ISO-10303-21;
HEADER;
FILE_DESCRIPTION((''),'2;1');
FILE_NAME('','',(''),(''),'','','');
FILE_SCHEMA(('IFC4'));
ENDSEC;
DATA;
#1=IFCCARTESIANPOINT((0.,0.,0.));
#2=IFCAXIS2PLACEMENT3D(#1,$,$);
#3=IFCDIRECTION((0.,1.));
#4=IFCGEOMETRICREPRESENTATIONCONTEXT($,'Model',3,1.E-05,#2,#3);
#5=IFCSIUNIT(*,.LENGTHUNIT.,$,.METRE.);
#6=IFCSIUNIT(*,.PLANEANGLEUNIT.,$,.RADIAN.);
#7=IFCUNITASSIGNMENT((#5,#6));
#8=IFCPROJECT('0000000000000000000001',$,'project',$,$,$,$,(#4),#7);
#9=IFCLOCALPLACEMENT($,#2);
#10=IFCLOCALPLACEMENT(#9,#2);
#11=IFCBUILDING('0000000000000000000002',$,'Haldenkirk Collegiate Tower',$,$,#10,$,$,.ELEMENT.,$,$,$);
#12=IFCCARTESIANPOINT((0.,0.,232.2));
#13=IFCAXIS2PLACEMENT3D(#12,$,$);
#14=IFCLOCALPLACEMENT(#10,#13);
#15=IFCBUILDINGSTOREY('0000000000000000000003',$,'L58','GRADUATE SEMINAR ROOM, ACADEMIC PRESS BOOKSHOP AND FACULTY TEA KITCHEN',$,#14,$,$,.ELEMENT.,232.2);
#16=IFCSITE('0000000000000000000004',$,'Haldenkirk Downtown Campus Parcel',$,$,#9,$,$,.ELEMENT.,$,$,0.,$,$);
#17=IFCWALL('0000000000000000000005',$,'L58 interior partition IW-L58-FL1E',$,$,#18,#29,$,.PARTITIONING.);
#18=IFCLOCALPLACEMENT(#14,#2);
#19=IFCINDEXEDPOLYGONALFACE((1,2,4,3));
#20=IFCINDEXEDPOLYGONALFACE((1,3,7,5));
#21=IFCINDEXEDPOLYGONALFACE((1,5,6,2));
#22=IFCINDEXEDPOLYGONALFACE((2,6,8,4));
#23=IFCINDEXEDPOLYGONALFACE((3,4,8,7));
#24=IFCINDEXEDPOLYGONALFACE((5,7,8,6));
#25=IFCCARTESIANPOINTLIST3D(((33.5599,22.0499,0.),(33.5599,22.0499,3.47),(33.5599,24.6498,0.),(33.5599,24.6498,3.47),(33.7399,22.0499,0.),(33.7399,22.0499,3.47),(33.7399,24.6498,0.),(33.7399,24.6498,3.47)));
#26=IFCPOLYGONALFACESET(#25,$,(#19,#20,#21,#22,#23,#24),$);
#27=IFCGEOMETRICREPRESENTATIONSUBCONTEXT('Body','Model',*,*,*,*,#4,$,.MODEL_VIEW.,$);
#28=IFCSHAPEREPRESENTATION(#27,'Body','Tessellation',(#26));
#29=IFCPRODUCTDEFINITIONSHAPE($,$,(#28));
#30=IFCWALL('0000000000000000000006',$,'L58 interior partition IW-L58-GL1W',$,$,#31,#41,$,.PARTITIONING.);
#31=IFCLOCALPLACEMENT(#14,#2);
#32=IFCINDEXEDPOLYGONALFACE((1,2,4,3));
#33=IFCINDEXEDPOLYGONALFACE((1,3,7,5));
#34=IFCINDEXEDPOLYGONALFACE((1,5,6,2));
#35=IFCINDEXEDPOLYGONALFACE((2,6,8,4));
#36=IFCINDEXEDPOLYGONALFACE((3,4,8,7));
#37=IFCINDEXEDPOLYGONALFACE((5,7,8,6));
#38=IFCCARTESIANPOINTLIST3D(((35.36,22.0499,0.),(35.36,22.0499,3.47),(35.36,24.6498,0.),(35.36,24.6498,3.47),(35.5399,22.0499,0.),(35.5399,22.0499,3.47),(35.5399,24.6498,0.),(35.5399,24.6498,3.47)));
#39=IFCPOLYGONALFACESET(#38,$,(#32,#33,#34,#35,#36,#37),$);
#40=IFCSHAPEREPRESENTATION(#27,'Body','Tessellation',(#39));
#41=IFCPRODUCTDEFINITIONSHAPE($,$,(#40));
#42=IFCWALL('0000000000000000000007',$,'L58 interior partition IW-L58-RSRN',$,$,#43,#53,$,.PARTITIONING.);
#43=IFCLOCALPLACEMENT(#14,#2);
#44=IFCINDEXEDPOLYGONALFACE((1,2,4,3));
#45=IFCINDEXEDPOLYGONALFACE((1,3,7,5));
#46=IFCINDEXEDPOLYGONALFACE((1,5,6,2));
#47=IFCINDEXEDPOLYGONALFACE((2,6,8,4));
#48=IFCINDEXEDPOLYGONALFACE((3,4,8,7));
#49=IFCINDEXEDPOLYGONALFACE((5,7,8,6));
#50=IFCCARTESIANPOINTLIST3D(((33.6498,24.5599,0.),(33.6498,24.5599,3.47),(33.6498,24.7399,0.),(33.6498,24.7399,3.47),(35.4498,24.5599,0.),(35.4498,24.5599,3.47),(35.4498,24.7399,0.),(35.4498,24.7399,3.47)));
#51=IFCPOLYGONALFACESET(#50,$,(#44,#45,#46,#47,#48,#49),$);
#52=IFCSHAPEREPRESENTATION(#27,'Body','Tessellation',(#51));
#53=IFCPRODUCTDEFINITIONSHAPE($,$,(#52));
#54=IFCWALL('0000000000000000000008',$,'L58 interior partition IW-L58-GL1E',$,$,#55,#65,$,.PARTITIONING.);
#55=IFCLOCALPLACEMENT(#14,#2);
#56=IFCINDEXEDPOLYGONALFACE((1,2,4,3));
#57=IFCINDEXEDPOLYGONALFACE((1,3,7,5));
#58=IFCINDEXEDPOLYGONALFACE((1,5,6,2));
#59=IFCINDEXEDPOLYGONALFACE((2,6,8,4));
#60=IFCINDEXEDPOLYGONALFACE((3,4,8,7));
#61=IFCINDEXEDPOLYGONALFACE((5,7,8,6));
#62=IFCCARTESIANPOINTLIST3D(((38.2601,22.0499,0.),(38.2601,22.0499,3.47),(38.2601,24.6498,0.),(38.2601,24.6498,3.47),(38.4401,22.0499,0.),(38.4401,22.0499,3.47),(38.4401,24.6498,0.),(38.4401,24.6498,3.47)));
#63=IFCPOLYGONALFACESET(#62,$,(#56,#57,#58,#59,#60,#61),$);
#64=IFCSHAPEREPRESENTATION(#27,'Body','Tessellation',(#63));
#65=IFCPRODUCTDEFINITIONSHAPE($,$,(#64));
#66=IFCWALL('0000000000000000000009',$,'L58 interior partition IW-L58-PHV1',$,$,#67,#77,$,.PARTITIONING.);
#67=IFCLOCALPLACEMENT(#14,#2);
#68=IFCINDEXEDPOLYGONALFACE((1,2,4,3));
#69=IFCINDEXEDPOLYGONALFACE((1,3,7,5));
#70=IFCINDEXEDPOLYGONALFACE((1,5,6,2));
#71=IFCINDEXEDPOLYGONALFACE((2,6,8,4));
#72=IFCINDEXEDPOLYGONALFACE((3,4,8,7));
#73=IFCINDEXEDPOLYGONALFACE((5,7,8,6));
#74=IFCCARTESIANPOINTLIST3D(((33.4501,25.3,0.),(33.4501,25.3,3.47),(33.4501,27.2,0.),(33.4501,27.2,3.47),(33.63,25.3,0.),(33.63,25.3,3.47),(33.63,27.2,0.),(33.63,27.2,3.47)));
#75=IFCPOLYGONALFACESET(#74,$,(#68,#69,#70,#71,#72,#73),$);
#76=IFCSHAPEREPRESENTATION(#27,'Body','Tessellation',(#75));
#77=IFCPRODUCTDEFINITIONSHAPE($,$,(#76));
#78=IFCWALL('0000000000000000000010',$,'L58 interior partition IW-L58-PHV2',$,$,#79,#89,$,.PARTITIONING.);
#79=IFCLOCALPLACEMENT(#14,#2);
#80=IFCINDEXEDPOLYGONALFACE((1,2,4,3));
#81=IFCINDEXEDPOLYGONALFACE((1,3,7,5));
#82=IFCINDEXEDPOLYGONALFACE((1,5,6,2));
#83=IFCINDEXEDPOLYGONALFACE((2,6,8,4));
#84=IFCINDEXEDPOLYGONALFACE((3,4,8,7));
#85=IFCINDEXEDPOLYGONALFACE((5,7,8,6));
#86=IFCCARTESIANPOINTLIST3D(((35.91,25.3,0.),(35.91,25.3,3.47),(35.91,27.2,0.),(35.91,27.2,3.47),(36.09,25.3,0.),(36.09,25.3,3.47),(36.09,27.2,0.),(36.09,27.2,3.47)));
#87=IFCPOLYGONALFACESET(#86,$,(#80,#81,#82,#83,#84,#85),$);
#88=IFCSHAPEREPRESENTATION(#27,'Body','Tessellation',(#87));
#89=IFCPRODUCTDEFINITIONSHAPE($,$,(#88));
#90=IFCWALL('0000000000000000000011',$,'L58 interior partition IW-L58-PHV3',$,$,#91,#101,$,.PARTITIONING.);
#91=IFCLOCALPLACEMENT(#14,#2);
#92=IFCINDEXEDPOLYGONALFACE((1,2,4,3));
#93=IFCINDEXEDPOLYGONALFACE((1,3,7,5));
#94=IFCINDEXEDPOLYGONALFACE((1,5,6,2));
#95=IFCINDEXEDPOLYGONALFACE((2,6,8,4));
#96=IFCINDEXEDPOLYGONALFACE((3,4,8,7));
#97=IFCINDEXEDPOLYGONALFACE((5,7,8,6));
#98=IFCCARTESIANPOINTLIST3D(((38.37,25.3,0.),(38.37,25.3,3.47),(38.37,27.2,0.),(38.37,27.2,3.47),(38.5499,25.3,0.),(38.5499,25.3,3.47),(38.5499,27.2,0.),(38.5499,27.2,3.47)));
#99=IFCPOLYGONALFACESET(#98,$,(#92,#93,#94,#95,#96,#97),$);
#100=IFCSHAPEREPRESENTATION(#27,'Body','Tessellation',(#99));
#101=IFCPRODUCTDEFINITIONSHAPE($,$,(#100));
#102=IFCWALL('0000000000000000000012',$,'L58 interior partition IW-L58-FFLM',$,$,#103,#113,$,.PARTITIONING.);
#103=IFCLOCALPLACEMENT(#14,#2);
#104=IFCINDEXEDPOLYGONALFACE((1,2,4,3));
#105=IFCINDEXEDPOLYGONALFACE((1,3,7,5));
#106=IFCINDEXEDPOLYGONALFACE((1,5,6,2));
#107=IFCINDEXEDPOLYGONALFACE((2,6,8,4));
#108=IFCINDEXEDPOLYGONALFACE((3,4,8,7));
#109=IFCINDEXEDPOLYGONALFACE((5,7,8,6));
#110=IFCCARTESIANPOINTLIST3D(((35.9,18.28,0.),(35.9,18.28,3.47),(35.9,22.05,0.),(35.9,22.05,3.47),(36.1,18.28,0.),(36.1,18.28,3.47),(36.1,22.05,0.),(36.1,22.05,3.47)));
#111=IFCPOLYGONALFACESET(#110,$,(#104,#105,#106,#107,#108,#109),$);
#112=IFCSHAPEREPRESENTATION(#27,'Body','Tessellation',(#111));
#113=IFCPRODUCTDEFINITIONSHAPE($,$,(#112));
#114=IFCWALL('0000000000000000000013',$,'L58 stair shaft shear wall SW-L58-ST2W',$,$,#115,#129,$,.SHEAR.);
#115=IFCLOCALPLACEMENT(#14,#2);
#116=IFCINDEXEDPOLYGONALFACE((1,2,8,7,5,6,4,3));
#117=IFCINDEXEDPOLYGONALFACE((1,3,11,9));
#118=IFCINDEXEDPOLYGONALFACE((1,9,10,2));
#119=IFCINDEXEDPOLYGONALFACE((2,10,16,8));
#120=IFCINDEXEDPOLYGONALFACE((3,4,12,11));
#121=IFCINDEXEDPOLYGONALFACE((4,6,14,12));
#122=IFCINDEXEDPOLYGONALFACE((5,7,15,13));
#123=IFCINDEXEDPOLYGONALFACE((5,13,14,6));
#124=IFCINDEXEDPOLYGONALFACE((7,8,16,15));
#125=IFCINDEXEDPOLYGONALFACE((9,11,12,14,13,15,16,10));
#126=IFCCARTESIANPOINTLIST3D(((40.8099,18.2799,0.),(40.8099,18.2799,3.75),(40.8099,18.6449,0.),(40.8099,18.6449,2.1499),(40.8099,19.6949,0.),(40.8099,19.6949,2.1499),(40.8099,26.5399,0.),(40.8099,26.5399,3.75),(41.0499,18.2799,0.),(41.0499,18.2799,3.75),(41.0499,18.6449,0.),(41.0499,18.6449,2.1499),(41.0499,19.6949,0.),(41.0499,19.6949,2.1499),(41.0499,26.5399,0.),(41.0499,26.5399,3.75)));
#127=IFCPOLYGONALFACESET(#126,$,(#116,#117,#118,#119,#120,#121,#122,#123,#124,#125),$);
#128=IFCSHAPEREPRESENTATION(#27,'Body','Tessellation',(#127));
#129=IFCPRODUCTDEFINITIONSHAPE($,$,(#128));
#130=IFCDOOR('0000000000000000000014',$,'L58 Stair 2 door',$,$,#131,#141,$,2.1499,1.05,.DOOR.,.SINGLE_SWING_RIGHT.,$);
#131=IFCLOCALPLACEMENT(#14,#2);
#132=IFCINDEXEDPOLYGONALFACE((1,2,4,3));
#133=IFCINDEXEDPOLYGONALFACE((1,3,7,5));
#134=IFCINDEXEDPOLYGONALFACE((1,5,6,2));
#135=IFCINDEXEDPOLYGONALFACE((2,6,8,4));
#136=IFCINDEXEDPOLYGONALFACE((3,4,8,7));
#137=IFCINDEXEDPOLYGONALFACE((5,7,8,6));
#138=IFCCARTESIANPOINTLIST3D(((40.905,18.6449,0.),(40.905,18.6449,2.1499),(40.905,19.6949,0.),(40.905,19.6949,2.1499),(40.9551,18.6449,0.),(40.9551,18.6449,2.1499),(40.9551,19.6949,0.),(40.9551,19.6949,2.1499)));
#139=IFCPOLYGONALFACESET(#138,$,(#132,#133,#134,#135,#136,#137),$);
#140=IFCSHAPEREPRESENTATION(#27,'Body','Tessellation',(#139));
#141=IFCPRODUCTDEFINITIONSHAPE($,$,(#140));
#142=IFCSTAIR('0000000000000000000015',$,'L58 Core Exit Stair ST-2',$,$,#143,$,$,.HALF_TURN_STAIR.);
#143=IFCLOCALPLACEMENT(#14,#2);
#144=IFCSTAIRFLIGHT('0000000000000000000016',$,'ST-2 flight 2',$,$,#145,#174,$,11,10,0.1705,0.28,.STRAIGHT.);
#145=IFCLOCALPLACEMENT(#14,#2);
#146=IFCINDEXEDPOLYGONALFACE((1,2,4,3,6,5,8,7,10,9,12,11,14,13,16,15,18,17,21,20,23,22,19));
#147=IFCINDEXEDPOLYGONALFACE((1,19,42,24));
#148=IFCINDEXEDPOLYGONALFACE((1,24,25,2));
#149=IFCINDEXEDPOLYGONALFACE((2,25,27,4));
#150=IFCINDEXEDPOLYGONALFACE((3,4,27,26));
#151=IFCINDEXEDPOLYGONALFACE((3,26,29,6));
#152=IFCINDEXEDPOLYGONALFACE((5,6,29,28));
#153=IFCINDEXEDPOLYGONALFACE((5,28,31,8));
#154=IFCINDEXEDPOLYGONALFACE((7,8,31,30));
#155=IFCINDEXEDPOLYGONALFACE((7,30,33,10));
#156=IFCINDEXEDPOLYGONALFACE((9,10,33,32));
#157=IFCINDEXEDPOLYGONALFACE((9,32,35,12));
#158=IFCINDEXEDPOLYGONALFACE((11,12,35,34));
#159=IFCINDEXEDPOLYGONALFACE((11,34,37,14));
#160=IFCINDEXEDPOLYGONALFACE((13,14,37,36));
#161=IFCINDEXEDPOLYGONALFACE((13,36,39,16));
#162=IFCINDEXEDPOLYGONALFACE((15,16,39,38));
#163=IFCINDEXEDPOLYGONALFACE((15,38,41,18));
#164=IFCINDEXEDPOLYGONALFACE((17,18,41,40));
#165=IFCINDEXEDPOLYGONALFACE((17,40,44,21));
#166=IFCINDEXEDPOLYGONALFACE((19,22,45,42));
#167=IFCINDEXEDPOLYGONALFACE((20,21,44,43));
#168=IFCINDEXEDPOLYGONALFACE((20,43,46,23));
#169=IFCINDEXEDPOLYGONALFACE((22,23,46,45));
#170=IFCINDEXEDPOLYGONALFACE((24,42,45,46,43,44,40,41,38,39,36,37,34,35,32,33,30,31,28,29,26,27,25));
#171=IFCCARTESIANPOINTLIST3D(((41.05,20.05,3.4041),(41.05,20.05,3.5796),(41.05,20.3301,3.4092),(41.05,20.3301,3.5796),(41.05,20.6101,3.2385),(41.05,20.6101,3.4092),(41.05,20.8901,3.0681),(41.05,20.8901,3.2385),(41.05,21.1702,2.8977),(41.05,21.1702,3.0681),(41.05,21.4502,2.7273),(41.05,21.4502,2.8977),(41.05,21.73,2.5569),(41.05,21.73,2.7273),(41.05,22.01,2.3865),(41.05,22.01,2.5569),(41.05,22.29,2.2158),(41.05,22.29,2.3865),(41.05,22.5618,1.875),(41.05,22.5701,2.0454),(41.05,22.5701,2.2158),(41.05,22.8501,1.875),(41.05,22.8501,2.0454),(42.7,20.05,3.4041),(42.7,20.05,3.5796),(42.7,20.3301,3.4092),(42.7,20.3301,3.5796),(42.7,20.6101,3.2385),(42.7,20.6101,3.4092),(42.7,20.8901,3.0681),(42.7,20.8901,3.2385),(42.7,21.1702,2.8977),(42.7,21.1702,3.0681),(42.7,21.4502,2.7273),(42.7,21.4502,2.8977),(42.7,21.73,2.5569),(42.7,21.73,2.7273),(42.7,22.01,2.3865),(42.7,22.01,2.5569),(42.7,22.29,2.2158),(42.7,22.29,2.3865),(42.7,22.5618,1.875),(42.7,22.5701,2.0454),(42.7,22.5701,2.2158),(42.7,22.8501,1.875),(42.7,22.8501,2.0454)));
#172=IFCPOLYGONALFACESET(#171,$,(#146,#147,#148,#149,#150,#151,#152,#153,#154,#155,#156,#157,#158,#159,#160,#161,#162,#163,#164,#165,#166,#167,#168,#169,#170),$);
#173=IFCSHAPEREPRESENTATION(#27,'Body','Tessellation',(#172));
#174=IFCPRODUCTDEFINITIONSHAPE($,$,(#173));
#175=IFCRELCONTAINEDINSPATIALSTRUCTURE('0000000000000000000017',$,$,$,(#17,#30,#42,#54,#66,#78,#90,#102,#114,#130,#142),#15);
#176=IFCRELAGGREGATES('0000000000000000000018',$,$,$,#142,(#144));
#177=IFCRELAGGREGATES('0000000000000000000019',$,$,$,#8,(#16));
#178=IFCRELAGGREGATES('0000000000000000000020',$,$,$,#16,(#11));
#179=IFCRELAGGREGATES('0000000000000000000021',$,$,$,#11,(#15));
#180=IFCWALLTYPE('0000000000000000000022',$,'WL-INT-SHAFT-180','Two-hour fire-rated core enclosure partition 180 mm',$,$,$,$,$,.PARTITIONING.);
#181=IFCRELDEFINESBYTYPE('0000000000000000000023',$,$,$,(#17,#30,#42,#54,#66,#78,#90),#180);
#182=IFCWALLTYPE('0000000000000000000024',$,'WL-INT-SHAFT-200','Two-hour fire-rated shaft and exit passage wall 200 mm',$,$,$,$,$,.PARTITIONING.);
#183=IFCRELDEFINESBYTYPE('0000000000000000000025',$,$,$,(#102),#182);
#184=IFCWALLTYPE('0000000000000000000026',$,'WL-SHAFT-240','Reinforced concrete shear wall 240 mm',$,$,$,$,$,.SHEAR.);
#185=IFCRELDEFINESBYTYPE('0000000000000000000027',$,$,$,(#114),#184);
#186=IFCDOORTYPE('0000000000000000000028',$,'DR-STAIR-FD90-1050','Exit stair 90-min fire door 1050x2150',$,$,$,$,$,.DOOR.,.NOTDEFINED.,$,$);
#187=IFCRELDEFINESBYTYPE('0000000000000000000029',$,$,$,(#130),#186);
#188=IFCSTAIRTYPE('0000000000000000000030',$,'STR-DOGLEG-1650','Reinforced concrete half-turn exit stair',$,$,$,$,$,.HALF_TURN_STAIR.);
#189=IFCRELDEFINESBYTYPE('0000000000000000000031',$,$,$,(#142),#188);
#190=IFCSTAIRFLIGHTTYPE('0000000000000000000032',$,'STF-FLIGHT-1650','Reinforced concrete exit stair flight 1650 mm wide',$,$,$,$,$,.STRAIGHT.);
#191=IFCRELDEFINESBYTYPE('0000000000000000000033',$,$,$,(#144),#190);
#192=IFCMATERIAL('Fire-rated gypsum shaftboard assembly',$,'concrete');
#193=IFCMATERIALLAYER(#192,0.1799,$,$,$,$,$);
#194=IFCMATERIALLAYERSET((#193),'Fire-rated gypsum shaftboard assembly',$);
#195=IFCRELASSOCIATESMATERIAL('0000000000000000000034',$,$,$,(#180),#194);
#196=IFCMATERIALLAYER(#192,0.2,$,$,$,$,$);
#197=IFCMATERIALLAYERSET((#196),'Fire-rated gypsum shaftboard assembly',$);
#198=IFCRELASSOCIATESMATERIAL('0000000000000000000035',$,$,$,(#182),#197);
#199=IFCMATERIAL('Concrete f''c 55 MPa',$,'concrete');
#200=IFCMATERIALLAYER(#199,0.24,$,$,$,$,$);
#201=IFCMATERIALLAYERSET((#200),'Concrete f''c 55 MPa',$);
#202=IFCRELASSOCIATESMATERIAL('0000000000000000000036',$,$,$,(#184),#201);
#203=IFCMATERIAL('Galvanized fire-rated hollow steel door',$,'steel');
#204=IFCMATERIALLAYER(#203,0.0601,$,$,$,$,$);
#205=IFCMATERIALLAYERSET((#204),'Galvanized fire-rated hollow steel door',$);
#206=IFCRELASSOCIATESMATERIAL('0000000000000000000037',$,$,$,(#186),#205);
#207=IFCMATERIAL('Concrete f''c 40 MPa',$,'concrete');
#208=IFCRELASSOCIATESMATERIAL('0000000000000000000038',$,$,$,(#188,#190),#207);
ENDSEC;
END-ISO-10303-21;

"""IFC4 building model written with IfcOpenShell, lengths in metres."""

from ifc_helpers import new_model, si_unit, direction, frame, frame_2d, origin, place, context, subcontext, project, spatial, polyline, rectangle, outline, extrude, material, layer, layer_set, type_object, element, fill, aggregate, save


model = new_model("IFC4")

# Units and contexts
model_context = context("Model", 3, precision=1e-05, world=origin(), true_north=direction((0.0, 1.0)))
body_context = subcontext(model_context, "Body", "Model", "MODEL_VIEW")
ifc_project = project(units=[si_unit("LENGTHUNIT", "METRE"), si_unit("PLANEANGLEUNIT", "RADIAN")], contexts=[model_context])

# Site, building, storey
site_placement = place(None, origin())
site = spatial("IfcSite", under=ifc_project, at=site_placement, Name="Haldenkirk Downtown Campus Parcel", CompositionType="ELEMENT", RefElevation=0.0)
building_placement = place(site_placement, origin())
building = spatial("IfcBuilding", under=site, at=building_placement, Name="Haldenkirk Collegiate Tower", CompositionType="ELEMENT")
storey_placement = place(building_placement, frame((0.0, 0.0, 232.2)))
storey = spatial("IfcBuildingStorey", under=building, at=storey_placement, Name="L58", Description="GRADUATE SEMINAR ROOM, ACADEMIC PRESS BOOKSHOP AND FACULTY TEA KITCHEN", CompositionType="ELEMENT", Elevation=232.2)

# Walls
ifc_material_1 = material(Name="Fire-rated gypsum shaftboard assembly", Category="concrete")
ifc_layer_1 = layer(ifc_material_1, 0.1799)
ifc_layer_set_1 = layer_set([ifc_layer_1], Name="Fire-rated gypsum shaftboard assembly")
wall_type_1 = type_object("IfcWallType", Name="WL-INT-SHAFT-180", Description="Two-hour fire-rated core enclosure partition 180 mm", PredefinedType="PARTITIONING", material=ifc_layer_set_1)
for number, where, z_axis, x_axis, name in (
    (1, (33.6499, 22.05, 0.0), (0.0, 0.0, 1.0), (0.0, 1.0, 0.0), "L58 interior partition IW-L58-FL1E"),
    (2, (35.45, 22.05, 0.0), (0.0, 0.0, 1.0), (0.0, 1.0, 0.0), "L58 interior partition IW-L58-GL1W"),
):
    element("IfcWall", number, at=place(storey_placement, frame(where, z_axis=z_axis, x_axis=x_axis)), inside=storey, type_object=wall_type_1, Name=name, PredefinedType="PARTITIONING", context=body_context, shape_type="SweptSolid", body=[
        extrude(rectangle(XDim=2.5999, YDim=0.1799, at=frame_2d((1.2998, 0.0))), origin(), (0.0, 0.0, 1.0), 3.47),
    ])
wall_1_placement = place(storey_placement, frame((33.6499, 24.6499, 0.0), z_axis=(0.0, 0.0, 1.0), x_axis=(1.0, 0.0, 0.0)))
element("IfcWall", 3, at=wall_1_placement, inside=storey, type_object=wall_type_1, Name="L58 interior partition IW-L58-RSRN", PredefinedType="PARTITIONING", context=body_context, shape_type="SweptSolid", body=[
    extrude(rectangle(XDim=1.8, YDim=0.1799, at=frame_2d((0.8999, 0.0))), origin(), (0.0, 0.0, 1.0), 3.47),
])
wall_2_placement = place(storey_placement, frame((38.3501, 22.05, 0.0), z_axis=(0.0, 0.0, 1.0), x_axis=(0.0, 1.0, 0.0)))
element("IfcWall", 4, at=wall_2_placement, inside=storey, type_object=wall_type_1, Name="L58 interior partition IW-L58-GL1E", PredefinedType="PARTITIONING", context=body_context, shape_type="SweptSolid", body=[
    extrude(rectangle(XDim=2.5999, YDim=0.1799, at=frame_2d((1.2998, 0.0))), origin(), (0.0, 0.0, 1.0), 3.47),
])
for number, where, z_axis, x_axis, name in (
    (5, (33.54, 25.3, 0.0), (0.0, 0.0, 1.0), (0.0, 1.0, 0.0), "L58 interior partition IW-L58-PHV1"),
    (6, (36.0, 25.3, 0.0), (0.0, 0.0, 1.0), (0.0, 1.0, 0.0), "L58 interior partition IW-L58-PHV2"),
    (7, (38.46, 25.3, 0.0), (0.0, 0.0, 1.0), (0.0, 1.0, 0.0), "L58 interior partition IW-L58-PHV3"),
):
    element("IfcWall", number, at=place(storey_placement, frame(where, z_axis=z_axis, x_axis=x_axis)), inside=storey, type_object=wall_type_1, Name=name, PredefinedType="PARTITIONING", context=body_context, shape_type="SweptSolid", body=[
        extrude(rectangle(XDim=1.8999, YDim=0.1799, at=frame_2d((0.95, 0.0))), origin(), (0.0, 0.0, 1.0), 3.47),
    ])
ifc_layer_2 = layer(ifc_material_1, 0.2)
ifc_layer_set_2 = layer_set([ifc_layer_2], Name="Fire-rated gypsum shaftboard assembly")
wall_type_2 = type_object("IfcWallType", Name="WL-INT-SHAFT-200", Description="Two-hour fire-rated shaft and exit passage wall 200 mm", PredefinedType="PARTITIONING", material=ifc_layer_set_2)
wall_3_placement = place(storey_placement, frame((36.0, 18.28, 0.0), z_axis=(0.0, 0.0, 1.0), x_axis=(0.0, 1.0, 0.0)))
element("IfcWall", 8, at=wall_3_placement, inside=storey, type_object=wall_type_2, Name="L58 interior partition IW-L58-FFLM", PredefinedType="PARTITIONING", context=body_context, shape_type="SweptSolid", body=[
    extrude(rectangle(XDim=3.77, YDim=0.2, at=frame_2d((1.885, 0.0))), origin(), (0.0, 0.0, 1.0), 3.47),
])

# Wall, opening, door
ifc_material_2 = material(Name="Concrete f'c 55 MPa", Category="concrete")
ifc_layer_3 = layer(ifc_material_2, 0.24)
ifc_layer_set_3 = layer_set([ifc_layer_3], Name="Concrete f'c 55 MPa")
wall_type_3 = type_object("IfcWallType", Name="WL-SHAFT-240", Description="Reinforced concrete shear wall 240 mm", PredefinedType="SHEAR", material=ifc_layer_set_3)
wall_4_placement = place(storey_placement, frame((40.9299, 18.28, 0.0), z_axis=(0.0, 0.0, 1.0), x_axis=(0.0, 1.0, 0.0)))
wall_4 = element("IfcWall", 9, at=wall_4_placement, inside=storey, type_object=wall_type_3, Name="L58 stair shaft shear wall SW-L58-ST2W", PredefinedType="SHEAR", context=body_context, shape_type="SweptSolid", body=[
    extrude(rectangle(XDim=8.26, YDim=0.24, at=frame_2d((4.1299, 0.0))), origin(), (0.0, 0.0, 1.0), 3.75),
])
opening_1_placement = place(wall_4_placement, frame((0.365, 0.0, 0.0)))
opening_1 = element("IfcOpeningElement", 10, at=opening_1_placement, cuts=wall_4, PredefinedType="OPENING", context=body_context, shape_type="SweptSolid", body=[
    extrude(rectangle(XDim=1.05, YDim=2.1499, at=frame_2d((0.5249, 1.075))), frame((0.0, 0.1299, 0.0), z_axis=(0.0, -1.0, 0.0), x_axis=(1.0, 0.0, 0.0)), (0.0, 0.0, 1.0), 0.26),
])
ifc_material_3 = material(Name="Galvanized fire-rated hollow steel door", Category="steel")
ifc_layer_4 = layer(ifc_material_3, 0.0601)
ifc_layer_set_4 = layer_set([ifc_layer_4], Name="Galvanized fire-rated hollow steel door")
door_type_1 = type_object("IfcDoorType", Name="DR-STAIR-FD90-1050", Description="Exit stair 90-min fire door 1050x2150", OperationType="NOTDEFINED", PredefinedType="DOOR", material=ifc_layer_set_4)
door_1_placement = place(opening_1_placement, origin())
door_1 = element("IfcDoor", 11, at=door_1_placement, inside=storey, type_object=door_type_1, Name="L58 Stair 2 door", OperationType="SINGLE_SWING_RIGHT", OverallHeight=2.1499, OverallWidth=1.05, PredefinedType="DOOR", context=body_context, shape_type="SweptSolid", body=[
    extrude(rectangle(XDim=1.05, YDim=2.1499, at=frame_2d((0.5249, 1.075))), frame((0.0, 0.0249, 0.0), z_axis=(0.0, -1.0, 0.0), x_axis=(1.0, 0.0, 0.0)), (0.0, 0.0, 1.0), 0.05),
])
fill(opening_1, door_1)

# Stair, stair flight
ifc_material_4 = material(Name="Concrete f'c 40 MPa", Category="concrete")
stair_type = type_object("IfcStairType", Name="STR-DOGLEG-1650", Description="Reinforced concrete half-turn exit stair", PredefinedType="HALF_TURN_STAIR", material=ifc_material_4)
stair_placement = place(storey_placement, origin())
stair = element("IfcStair", 12, at=stair_placement, inside=storey, type_object=stair_type, Name="L58 Core Exit Stair ST-2", PredefinedType="HALF_TURN_STAIR")
stair_flight_type = type_object("IfcStairFlightType", Name="STF-FLIGHT-1650", Description="Reinforced concrete exit stair flight 1650 mm wide", PredefinedType="STRAIGHT", material=ifc_material_4)
stair_flight_placement = place(storey_placement, frame((41.875, 22.8501, 1.875), z_axis=(0.0, 0.0, 1.0), x_axis=(0.0, -1.0, 0.0)))
stair_flight = element("IfcStairFlight", 13, at=stair_flight_placement, type_object=stair_flight_type, Name="ST-2 flight 2", NumberOfRisers=11, NumberOfTreads=10, PredefinedType="STRAIGHT", RiserHeight=0.1705, TreadLength=0.28, context=body_context, shape_type="SweptSolid", body=[
    extrude(outline(polyline([(0.0, 0.0), (0.0, 0.1704), (0.28, 0.1704), (0.28, 0.3408), (0.5601, 0.3408), (0.5601, 0.5115), (0.8401, 0.5115), (0.8401, 0.6819), (1.1201, 0.6819), (1.1201, 0.8523), (1.3999, 0.8523), (1.3999, 1.0227), (1.6799, 1.0227), (1.6799, 1.1931), (1.96, 1.1931), (1.96, 1.3635), (2.24, 1.3635), (2.24, 1.5342), (2.52, 1.5342), (2.52, 1.7046), (2.8, 1.7046), (2.8, 1.875), (2.8, 1.5291), (0.2883, 0.0), (0.0, 0.0)])), frame((0.0, 0.825, 0.0), z_axis=(0.0, -1.0, 0.0), x_axis=(1.0, 0.0, 0.0)), (0.0, 0.0, 1.0), 1.6499),
])
aggregate(stair, [stair_flight])

save(model, "model.ifc")
